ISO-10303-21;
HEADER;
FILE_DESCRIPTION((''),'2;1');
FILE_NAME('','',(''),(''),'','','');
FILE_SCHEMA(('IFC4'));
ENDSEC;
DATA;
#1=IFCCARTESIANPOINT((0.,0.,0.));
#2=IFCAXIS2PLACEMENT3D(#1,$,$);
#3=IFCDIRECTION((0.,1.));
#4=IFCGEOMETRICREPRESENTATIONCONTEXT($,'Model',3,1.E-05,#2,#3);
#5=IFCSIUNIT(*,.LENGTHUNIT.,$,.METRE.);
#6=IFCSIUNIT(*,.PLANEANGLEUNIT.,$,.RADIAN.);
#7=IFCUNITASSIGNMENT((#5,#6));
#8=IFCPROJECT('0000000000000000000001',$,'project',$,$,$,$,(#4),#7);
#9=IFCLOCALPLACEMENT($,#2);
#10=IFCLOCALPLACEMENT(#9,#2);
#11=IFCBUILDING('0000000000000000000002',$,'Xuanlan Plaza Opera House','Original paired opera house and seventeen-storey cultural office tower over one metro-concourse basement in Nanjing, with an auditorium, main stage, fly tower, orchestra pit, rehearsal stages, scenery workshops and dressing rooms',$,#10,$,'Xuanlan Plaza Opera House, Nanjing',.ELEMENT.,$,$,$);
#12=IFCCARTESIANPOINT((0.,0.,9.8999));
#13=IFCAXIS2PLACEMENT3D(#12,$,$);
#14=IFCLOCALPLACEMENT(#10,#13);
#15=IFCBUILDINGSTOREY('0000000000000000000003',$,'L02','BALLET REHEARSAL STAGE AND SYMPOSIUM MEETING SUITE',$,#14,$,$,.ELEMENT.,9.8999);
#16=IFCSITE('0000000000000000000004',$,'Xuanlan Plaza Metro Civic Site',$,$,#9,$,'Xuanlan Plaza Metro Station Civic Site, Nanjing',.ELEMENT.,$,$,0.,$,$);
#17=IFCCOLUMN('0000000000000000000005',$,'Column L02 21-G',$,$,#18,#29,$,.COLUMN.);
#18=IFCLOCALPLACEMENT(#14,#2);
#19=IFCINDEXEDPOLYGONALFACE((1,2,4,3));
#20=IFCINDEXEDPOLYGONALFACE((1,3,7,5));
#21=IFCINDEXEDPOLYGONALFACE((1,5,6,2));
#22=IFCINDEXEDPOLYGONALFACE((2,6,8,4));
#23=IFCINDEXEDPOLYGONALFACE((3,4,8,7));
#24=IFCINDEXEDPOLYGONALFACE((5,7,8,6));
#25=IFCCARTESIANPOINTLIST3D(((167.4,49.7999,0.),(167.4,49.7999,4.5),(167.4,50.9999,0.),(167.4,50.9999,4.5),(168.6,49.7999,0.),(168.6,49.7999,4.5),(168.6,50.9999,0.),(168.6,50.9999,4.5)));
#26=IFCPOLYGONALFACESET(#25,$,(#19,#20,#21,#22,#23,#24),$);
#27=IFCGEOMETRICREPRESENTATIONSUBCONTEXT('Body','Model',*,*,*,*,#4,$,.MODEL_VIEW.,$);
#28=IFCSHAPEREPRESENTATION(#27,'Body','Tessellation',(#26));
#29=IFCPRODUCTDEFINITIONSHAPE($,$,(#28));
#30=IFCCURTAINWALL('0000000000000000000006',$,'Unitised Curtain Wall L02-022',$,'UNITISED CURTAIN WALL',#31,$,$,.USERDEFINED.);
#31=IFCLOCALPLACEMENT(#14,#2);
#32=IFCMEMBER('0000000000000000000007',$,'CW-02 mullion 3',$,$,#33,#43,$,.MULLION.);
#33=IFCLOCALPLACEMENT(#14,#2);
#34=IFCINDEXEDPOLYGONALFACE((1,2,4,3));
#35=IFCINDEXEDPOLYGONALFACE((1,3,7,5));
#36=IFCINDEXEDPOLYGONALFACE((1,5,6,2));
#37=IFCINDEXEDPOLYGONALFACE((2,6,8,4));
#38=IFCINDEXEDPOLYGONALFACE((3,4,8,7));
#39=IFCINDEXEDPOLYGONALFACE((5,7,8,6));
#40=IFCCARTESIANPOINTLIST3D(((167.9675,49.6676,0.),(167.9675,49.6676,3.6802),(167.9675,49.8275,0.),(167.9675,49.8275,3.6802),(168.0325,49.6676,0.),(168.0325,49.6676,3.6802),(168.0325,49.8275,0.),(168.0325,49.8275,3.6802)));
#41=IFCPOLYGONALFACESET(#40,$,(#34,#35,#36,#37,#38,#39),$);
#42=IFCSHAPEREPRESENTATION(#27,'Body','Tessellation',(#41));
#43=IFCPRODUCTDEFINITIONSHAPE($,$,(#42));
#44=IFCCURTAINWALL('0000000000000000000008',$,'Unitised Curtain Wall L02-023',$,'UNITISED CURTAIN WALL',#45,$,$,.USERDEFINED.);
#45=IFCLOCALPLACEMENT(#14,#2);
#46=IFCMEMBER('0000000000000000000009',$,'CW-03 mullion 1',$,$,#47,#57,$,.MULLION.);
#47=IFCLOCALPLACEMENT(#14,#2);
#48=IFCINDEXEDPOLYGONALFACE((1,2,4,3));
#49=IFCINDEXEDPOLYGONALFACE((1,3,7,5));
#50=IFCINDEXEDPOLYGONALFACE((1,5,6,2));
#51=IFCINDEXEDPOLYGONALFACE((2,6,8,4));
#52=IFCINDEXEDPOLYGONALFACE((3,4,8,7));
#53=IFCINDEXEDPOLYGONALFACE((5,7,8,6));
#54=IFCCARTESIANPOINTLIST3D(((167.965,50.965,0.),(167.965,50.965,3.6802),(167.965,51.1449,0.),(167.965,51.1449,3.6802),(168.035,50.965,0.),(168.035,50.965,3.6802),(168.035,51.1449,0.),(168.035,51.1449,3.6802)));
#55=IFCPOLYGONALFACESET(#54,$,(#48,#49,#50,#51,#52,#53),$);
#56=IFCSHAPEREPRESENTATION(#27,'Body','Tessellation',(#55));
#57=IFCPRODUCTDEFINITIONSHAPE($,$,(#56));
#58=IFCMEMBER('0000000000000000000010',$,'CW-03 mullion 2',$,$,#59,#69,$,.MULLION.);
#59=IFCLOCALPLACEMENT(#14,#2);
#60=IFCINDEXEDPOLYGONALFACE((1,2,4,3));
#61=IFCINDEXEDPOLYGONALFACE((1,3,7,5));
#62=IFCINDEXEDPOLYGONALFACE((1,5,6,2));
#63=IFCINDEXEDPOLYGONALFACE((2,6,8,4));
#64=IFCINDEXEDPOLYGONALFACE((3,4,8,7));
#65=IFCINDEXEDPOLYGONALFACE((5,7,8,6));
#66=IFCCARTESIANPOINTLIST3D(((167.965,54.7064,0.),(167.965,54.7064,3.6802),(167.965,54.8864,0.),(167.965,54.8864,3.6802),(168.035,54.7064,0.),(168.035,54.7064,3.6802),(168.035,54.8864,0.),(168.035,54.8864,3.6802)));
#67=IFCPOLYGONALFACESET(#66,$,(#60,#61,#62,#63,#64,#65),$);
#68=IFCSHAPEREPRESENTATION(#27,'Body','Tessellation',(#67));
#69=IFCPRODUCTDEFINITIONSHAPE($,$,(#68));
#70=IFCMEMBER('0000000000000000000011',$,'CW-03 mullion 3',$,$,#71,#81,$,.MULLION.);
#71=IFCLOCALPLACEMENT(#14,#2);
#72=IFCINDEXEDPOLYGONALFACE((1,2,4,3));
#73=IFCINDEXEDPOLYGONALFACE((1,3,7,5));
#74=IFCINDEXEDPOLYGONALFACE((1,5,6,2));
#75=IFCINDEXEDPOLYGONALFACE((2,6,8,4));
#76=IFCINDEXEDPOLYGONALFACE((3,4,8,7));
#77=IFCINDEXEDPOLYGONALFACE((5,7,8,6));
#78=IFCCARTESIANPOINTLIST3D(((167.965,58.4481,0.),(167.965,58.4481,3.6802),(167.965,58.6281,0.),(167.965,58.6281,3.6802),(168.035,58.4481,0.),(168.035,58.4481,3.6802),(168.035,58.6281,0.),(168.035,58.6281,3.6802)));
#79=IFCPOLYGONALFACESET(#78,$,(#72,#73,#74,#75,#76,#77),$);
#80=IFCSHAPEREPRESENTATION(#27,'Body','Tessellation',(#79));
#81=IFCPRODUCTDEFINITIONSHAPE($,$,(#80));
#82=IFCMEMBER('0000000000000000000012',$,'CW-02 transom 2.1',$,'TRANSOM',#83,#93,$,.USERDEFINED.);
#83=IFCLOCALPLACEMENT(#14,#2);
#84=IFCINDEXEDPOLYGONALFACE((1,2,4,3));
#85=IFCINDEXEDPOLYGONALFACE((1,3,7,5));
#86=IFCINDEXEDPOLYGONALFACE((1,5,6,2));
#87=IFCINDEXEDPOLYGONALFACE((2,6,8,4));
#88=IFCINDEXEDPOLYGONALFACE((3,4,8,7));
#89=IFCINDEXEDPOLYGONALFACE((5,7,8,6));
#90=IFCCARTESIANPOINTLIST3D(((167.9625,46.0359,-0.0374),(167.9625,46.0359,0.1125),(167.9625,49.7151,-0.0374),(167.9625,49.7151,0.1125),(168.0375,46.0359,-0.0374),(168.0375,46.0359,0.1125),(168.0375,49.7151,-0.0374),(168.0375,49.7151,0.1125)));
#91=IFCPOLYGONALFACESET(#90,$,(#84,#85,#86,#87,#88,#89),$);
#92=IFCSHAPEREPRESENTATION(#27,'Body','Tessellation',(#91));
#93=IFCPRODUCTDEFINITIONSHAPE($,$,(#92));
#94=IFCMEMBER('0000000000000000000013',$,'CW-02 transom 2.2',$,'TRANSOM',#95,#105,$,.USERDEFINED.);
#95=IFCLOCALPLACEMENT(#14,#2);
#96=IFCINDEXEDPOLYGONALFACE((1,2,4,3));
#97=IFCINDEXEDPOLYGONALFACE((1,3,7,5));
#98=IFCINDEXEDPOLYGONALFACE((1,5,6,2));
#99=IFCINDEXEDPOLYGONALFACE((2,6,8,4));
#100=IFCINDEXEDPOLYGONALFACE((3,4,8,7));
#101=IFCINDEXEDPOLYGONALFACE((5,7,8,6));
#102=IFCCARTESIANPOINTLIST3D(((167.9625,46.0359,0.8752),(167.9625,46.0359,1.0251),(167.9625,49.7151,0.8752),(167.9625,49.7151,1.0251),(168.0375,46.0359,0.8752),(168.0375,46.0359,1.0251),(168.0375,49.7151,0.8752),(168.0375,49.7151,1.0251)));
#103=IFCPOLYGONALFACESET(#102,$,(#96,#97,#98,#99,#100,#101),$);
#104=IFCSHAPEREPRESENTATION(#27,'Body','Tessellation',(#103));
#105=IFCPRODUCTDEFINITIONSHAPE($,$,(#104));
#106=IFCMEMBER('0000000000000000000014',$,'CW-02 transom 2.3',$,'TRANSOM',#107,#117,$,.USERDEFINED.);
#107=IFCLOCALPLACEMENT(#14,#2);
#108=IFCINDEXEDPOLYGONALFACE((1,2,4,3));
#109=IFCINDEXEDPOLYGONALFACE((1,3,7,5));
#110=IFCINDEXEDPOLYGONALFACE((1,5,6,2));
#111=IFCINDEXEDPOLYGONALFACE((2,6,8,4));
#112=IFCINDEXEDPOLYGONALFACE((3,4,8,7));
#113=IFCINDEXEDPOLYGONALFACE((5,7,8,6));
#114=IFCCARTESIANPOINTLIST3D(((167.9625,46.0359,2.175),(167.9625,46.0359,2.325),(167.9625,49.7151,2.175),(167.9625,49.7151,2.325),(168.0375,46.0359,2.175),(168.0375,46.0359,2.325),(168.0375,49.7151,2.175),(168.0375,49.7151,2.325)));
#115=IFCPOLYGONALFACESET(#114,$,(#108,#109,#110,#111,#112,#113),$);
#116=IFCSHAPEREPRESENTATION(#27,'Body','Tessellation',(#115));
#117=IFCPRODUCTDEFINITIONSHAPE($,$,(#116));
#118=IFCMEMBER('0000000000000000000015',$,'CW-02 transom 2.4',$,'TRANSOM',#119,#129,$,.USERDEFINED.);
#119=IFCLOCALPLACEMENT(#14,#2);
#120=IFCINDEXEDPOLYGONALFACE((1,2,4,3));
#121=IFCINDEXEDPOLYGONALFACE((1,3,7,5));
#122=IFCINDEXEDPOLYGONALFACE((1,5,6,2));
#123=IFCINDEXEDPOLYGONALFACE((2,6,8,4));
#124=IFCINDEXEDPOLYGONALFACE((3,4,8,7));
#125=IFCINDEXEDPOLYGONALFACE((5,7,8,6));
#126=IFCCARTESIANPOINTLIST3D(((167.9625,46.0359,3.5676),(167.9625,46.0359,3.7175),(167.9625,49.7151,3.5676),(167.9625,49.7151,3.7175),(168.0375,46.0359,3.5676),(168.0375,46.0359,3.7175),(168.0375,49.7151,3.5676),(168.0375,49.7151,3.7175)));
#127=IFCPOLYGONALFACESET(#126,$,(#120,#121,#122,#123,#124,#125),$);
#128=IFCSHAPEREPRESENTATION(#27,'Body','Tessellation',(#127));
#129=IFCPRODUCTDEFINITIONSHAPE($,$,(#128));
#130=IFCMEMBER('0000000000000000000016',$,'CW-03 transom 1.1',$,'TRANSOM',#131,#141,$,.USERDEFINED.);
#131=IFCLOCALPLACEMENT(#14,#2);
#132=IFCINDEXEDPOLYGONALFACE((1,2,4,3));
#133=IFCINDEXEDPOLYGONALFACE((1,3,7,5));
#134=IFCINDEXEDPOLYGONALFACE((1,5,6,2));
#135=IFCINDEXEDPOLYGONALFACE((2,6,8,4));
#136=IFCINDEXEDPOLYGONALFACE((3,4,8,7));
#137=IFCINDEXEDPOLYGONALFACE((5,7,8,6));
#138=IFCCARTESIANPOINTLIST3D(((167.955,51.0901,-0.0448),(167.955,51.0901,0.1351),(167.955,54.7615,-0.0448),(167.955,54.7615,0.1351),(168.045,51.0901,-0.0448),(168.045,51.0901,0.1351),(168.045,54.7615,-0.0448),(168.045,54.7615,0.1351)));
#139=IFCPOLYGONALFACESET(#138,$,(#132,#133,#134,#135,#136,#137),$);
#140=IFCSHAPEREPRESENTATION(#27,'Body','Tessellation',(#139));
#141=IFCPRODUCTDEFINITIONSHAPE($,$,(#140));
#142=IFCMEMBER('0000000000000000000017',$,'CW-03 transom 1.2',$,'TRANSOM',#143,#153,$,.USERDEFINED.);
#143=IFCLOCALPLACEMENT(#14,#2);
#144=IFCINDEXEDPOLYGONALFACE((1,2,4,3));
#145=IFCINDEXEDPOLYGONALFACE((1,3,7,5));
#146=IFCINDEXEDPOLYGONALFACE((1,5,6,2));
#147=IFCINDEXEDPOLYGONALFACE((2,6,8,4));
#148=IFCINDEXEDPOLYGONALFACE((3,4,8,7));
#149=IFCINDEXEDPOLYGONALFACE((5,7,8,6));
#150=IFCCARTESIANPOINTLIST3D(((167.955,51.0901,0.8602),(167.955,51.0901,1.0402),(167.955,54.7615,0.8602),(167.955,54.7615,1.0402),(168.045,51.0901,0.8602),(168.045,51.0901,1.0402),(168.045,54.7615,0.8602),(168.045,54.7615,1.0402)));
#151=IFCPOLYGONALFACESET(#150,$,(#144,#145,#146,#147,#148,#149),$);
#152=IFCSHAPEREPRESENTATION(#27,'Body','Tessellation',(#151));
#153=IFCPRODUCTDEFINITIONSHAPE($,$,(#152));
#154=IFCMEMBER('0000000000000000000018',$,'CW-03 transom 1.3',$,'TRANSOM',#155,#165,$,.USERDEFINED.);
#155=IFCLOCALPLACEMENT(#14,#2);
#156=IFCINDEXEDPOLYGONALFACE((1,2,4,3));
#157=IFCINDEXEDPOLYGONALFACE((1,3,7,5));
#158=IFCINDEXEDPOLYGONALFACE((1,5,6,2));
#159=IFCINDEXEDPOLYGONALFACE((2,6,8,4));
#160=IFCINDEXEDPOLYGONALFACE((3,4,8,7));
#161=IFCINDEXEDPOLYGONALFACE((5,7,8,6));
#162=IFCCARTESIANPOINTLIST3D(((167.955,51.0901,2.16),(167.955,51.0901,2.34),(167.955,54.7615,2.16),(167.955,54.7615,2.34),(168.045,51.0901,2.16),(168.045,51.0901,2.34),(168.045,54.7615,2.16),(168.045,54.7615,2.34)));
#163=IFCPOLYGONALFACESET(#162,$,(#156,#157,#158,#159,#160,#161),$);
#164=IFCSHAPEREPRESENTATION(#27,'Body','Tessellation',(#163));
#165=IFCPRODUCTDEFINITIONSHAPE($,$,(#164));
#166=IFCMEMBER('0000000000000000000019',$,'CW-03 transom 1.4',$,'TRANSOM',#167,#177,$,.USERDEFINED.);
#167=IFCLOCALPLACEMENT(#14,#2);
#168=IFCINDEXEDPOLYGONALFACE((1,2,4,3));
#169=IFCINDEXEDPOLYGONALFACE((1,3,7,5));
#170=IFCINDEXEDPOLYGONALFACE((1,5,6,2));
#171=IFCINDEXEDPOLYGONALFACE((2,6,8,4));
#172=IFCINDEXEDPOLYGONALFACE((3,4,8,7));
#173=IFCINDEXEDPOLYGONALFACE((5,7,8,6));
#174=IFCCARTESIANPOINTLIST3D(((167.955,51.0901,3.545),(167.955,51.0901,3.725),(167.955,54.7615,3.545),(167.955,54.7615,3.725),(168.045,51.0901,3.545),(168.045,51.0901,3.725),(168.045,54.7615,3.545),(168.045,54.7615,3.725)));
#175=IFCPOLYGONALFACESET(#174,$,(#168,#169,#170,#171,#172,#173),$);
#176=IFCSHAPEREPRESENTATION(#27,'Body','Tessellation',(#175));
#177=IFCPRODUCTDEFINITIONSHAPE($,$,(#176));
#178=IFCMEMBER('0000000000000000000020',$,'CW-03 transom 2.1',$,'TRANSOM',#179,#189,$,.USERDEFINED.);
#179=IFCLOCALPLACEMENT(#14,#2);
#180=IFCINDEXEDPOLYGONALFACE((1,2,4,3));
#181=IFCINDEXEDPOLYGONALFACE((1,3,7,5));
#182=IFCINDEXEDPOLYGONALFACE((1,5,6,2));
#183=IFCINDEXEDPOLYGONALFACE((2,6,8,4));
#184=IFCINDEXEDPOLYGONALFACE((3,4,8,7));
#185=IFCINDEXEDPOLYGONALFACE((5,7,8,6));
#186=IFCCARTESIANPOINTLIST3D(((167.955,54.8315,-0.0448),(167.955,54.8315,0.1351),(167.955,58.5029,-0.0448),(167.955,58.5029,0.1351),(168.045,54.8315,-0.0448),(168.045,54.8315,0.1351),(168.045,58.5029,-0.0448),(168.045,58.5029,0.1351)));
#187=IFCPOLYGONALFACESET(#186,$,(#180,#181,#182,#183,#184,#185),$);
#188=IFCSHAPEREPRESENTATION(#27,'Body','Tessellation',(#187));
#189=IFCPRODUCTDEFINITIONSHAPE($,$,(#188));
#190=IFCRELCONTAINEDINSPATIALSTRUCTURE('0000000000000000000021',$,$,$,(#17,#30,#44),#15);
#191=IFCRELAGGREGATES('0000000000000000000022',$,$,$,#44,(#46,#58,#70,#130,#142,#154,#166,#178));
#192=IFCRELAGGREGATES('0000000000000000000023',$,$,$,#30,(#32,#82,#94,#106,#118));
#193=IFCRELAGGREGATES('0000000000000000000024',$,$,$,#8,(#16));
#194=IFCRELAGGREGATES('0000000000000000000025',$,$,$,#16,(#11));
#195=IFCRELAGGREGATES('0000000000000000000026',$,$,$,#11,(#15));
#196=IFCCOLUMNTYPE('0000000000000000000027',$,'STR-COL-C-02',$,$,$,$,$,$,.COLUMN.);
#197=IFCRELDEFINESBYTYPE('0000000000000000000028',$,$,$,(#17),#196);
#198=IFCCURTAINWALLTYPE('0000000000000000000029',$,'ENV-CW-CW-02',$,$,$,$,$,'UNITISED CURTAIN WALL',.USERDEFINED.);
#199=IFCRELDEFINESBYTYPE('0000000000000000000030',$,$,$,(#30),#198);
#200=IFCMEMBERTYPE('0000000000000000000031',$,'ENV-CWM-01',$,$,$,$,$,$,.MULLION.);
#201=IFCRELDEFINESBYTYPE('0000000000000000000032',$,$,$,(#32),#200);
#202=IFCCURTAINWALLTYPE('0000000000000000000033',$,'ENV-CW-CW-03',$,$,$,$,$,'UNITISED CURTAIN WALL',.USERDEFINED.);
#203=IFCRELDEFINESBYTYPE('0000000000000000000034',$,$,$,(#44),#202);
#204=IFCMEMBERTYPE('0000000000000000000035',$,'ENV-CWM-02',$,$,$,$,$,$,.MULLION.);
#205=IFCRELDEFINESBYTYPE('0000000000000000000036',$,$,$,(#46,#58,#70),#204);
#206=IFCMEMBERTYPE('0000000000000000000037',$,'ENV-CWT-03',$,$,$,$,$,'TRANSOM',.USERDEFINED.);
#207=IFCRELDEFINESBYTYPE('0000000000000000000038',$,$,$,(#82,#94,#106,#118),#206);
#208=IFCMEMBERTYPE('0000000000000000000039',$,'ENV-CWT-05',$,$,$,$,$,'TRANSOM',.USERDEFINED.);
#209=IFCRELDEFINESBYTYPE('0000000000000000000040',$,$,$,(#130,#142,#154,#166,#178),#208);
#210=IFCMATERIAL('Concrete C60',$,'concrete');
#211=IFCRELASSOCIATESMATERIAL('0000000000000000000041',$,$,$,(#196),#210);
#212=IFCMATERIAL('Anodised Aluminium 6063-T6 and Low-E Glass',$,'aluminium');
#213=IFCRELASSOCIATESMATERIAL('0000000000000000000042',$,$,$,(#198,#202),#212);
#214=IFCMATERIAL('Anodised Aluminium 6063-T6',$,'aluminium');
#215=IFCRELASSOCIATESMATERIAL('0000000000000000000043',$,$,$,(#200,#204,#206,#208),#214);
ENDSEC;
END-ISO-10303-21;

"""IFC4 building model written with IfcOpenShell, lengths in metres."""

from ifc_helpers import new_model, si_unit, direction, frame, origin, origin_2d, place, context, subcontext, project, spatial, rectangle, extrude, material, material_profile, profile_set, type_object, element, aggregate, save


model = new_model("IFC4")

# Units and contexts
model_context = context("Model", 3, precision=1e-05, world=origin(), true_north=direction((0.0, 1.0)))
body_context = subcontext(model_context, "Body", "Model", "MODEL_VIEW")
ifc_project = project(units=[si_unit("LENGTHUNIT", "METRE"), si_unit("PLANEANGLEUNIT", "RADIAN")], contexts=[model_context])

# Site, building, storey
site_placement = place(None, origin())
site = spatial("IfcSite", under=ifc_project, at=site_placement, Name="Xuanlan Plaza Metro Civic Site", LongName="Xuanlan Plaza Metro Station Civic Site, Nanjing", CompositionType="ELEMENT", RefElevation=0.0)
building_placement = place(site_placement, origin())
building = spatial("IfcBuilding", under=site, at=building_placement, Name="Xuanlan Plaza Opera House", Description="Original paired opera house and seventeen-storey cultural office tower over one metro-concourse basement in Nanjing, with an auditorium, main stage, fly tower, orchestra pit, rehearsal stages, scenery workshops and dressing rooms", LongName="Xuanlan Plaza Opera House, Nanjing", CompositionType="ELEMENT")
storey_placement = place(building_placement, frame((0.0, 0.0, 9.8999)))
storey = spatial("IfcBuildingStorey", under=building, at=storey_placement, Name="L02", Description="BALLET REHEARSAL STAGE AND SYMPOSIUM MEETING SUITE", CompositionType="ELEMENT", Elevation=9.8999)

# Column
ifc_material_1 = material(Name="Concrete C60", Category="concrete")
ifc_material_profile_1 = material_profile(ifc_material_1, rectangle(XDim=1.2, YDim=1.2, at=origin_2d()), Name="RC-COL 1200x1200")
ifc_profile_set_1 = profile_set([ifc_material_profile_1], Name="Concrete C60")
column_type = type_object("IfcColumnType", Name="STR-COL-C-02", PredefinedType="COLUMN", material=ifc_profile_set_1)
column_placement = place(storey_placement, frame((168.0, 50.3999, 0.0), z_axis=(0.0, 0.0, 1.0), x_axis=(1.0, 0.0, 0.0)))
element("IfcColumn", 1, at=column_placement, inside=storey, type_object=column_type, Name="Column L02 21-G", PredefinedType="COLUMN", context=body_context, shape_type="SweptSolid", body=[
    extrude(rectangle(XDim=1.2, YDim=1.2, at=origin_2d()), origin(), (0.0, 0.0, 1.0), 4.5),
])

# Curtain wall, member
ifc_material_2 = material(Name="Anodised Aluminium 6063-T6 and Low-E Glass", Category="aluminium")
curtain_wall_type_1 = type_object("IfcCurtainWallType", Name="ENV-CW-CW-02", ElementType="UNITISED CURTAIN WALL", PredefinedType="USERDEFINED", material=ifc_material_2)
curtain_wall_1_placement = place(storey_placement, origin())
curtain_wall_1 = element("IfcCurtainWall", 2, at=curtain_wall_1_placement, inside=storey, type_object=curtain_wall_type_1, Name="Unitised Curtain Wall L02-022", ObjectType="UNITISED CURTAIN WALL", PredefinedType="USERDEFINED")
ifc_material_3 = material(Name="Anodised Aluminium 6063-T6", Category="aluminium")
ifc_material_profile_2 = material_profile(ifc_material_3, rectangle(XDim=0.0649, YDim=0.1599, at=origin_2d()), Name="ALU-M 65x160")
ifc_profile_set_2 = profile_set([ifc_material_profile_2], Name="Anodised Aluminium 6063-T6")
member_type_1 = type_object("IfcMemberType", Name="ENV-CWM-01", PredefinedType="MULLION", material=ifc_profile_set_2)
member_1_placement = place(storey_placement, frame((168.0, 49.7476, 0.0), z_axis=(0.0, 0.0, 1.0), x_axis=(-1.0, 0.0, 0.0)))
member_1 = element("IfcMember", 3, at=member_1_placement, type_object=member_type_1, Name="CW-02 mullion 3", PredefinedType="MULLION", context=body_context, shape_type="SweptSolid", body=[
    extrude(rectangle(XDim=0.0649, YDim=0.1599, at=origin_2d()), origin(), (0.0, 0.0, 1.0), 3.6802),
])

# Curtain wall, members
curtain_wall_type_2 = type_object("IfcCurtainWallType", Name="ENV-CW-CW-03", ElementType="UNITISED CURTAIN WALL", PredefinedType="USERDEFINED", material=ifc_material_2)
curtain_wall_2_placement = place(storey_placement, origin())
curtain_wall_2 = element("IfcCurtainWall", 4, at=curtain_wall_2_placement, inside=storey, type_object=curtain_wall_type_2, Name="Unitised Curtain Wall L02-023", ObjectType="UNITISED CURTAIN WALL", PredefinedType="USERDEFINED")
ifc_material_profile_3 = material_profile(ifc_material_3, rectangle(XDim=0.0701, YDim=0.1799, at=origin_2d()), Name="ALU-M 70x180")
ifc_profile_set_3 = profile_set([ifc_material_profile_3], Name="Anodised Aluminium 6063-T6")
member_type_2 = type_object("IfcMemberType", Name="ENV-CWM-02", PredefinedType="MULLION", material=ifc_profile_set_3)
member_2_placement = place(storey_placement, frame((168.0, 51.0549, 0.0), z_axis=(0.0, 0.0, 1.0), x_axis=(-1.0, 0.0, 0.0)))
member_2 = element("IfcMember", 5, at=member_2_placement, type_object=member_type_2, Name="CW-03 mullion 1", PredefinedType="MULLION", context=body_context, shape_type="SweptSolid", body=[
    extrude(rectangle(XDim=0.0701, YDim=0.1799, at=origin_2d()), origin(), (0.0, 0.0, 1.0), 3.6802),
])
member_3_placement = place(storey_placement, frame((168.0, 54.7964, 0.0), z_axis=(0.0, 0.0, 1.0), x_axis=(-1.0, 0.0, 0.0)))
member_3 = element("IfcMember", 6, at=member_3_placement, type_object=member_type_2, Name="CW-03 mullion 2", PredefinedType="MULLION", context=body_context, shape_type="SweptSolid", body=[
    extrude(rectangle(XDim=0.0701, YDim=0.1799, at=origin_2d()), origin(), (0.0, 0.0, 1.0), 3.6802),
])
member_4_placement = place(storey_placement, frame((168.0, 58.5381, 0.0), z_axis=(0.0, 0.0, 1.0), x_axis=(-1.0, 0.0, 0.0)))
member_4 = element("IfcMember", 7, at=member_4_placement, type_object=member_type_2, Name="CW-03 mullion 3", PredefinedType="MULLION", context=body_context, shape_type="SweptSolid", body=[
    extrude(rectangle(XDim=0.0701, YDim=0.1799, at=origin_2d()), origin(), (0.0, 0.0, 1.0), 3.6802),
])

# Members
ifc_material_profile_4 = material_profile(ifc_material_3, rectangle(XDim=0.075, YDim=0.1499, at=origin_2d()), Name="ALU-T 75x150")
ifc_profile_set_4 = profile_set([ifc_material_profile_4], Name="Anodised Aluminium 6063-T6")
member_type_3 = type_object("IfcMemberType", Name="ENV-CWT-03", ElementType="TRANSOM", PredefinedType="USERDEFINED", material=ifc_profile_set_4)
member_5_placement = place(storey_placement, frame((168.0, 46.0359, 0.0376), z_axis=(0.0, 1.0, 0.0), x_axis=(-1.0, 0.0, 0.0)))
member_5 = element("IfcMember", 8, at=member_5_placement, type_object=member_type_3, Name="CW-02 transom 2.1", ObjectType="TRANSOM", PredefinedType="USERDEFINED", context=body_context, shape_type="SweptSolid", body=[
    extrude(rectangle(XDim=0.075, YDim=0.1499, at=origin_2d()), origin(), (0.0, 0.0, 1.0), 3.6792),
])
member_6_placement = place(storey_placement, frame((168.0, 46.0359, 0.9502), z_axis=(0.0, 1.0, 0.0), x_axis=(-1.0, 0.0, 0.0)))
member_6 = element("IfcMember", 9, at=member_6_placement, type_object=member_type_3, Name="CW-02 transom 2.2", ObjectType="TRANSOM", PredefinedType="USERDEFINED", context=body_context, shape_type="SweptSolid", body=[
    extrude(rectangle(XDim=0.075, YDim=0.1499, at=origin_2d()), origin(), (0.0, 0.0, 1.0), 3.6792),
])
member_7_placement = place(storey_placement, frame((168.0, 46.0359, 2.25), z_axis=(0.0, 1.0, 0.0), x_axis=(-1.0, 0.0, 0.0)))
member_7 = element("IfcMember", 10, at=member_7_placement, type_object=member_type_3, Name="CW-02 transom 2.3", ObjectType="TRANSOM", PredefinedType="USERDEFINED", context=body_context, shape_type="SweptSolid", body=[
    extrude(rectangle(XDim=0.075, YDim=0.1499, at=origin_2d()), origin(), (0.0, 0.0, 1.0), 3.6792),
])
member_8_placement = place(storey_placement, frame((168.0, 46.0359, 3.6426), z_axis=(0.0, 1.0, 0.0), x_axis=(-1.0, 0.0, 0.0)))
member_8 = element("IfcMember", 11, at=member_8_placement, type_object=member_type_3, Name="CW-02 transom 2.4", ObjectType="TRANSOM", PredefinedType="USERDEFINED", context=body_context, shape_type="SweptSolid", body=[
    extrude(rectangle(XDim=0.075, YDim=0.1499, at=origin_2d()), origin(), (0.0, 0.0, 1.0), 3.6792),
])
ifc_material_profile_5 = material_profile(ifc_material_3, rectangle(XDim=0.0901, YDim=0.1799, at=origin_2d()), Name="ALU-T 90x180")
ifc_profile_set_5 = profile_set([ifc_material_profile_5], Name="Anodised Aluminium 6063-T6")
member_type_4 = type_object("IfcMemberType", Name="ENV-CWT-05", ElementType="TRANSOM", PredefinedType="USERDEFINED", material=ifc_profile_set_5)
member_9_placement = place(storey_placement, frame((168.0, 51.0901, 0.0452), z_axis=(0.0, 1.0, 0.0), x_axis=(-1.0, 0.0, 0.0)))
member_9 = element("IfcMember", 12, at=member_9_placement, type_object=member_type_4, Name="CW-03 transom 1.1", ObjectType="TRANSOM", PredefinedType="USERDEFINED", context=body_context, shape_type="SweptSolid", body=[
    extrude(rectangle(XDim=0.0901, YDim=0.1799, at=origin_2d()), origin(), (0.0, 0.0, 1.0), 3.6714),
])
member_10_placement = place(storey_placement, frame((168.0, 51.0901, 0.9502), z_axis=(0.0, 1.0, 0.0), x_axis=(-1.0, 0.0, 0.0)))
member_10 = element("IfcMember", 13, at=member_10_placement, type_object=member_type_4, Name="CW-03 transom 1.2", ObjectType="TRANSOM", PredefinedType="USERDEFINED", context=body_context, shape_type="SweptSolid", body=[
    extrude(rectangle(XDim=0.0901, YDim=0.1799, at=origin_2d()), origin(), (0.0, 0.0, 1.0), 3.6714),
])
member_11_placement = place(storey_placement, frame((168.0, 51.0901, 2.25), z_axis=(0.0, 1.0, 0.0), x_axis=(-1.0, 0.0, 0.0)))
member_11 = element("IfcMember", 14, at=member_11_placement, type_object=member_type_4, Name="CW-03 transom 1.3", ObjectType="TRANSOM", PredefinedType="USERDEFINED", context=body_context, shape_type="SweptSolid", body=[
    extrude(rectangle(XDim=0.0901, YDim=0.1799, at=origin_2d()), origin(), (0.0, 0.0, 1.0), 3.6714),
])
member_12_placement = place(storey_placement, frame((168.0, 51.0901, 3.635), z_axis=(0.0, 1.0, 0.0), x_axis=(-1.0, 0.0, 0.0)))
member_12 = element("IfcMember", 15, at=member_12_placement, type_object=member_type_4, Name="CW-03 transom 1.4", ObjectType="TRANSOM", PredefinedType="USERDEFINED", context=body_context, shape_type="SweptSolid", body=[
    extrude(rectangle(XDim=0.0901, YDim=0.1799, at=origin_2d()), origin(), (0.0, 0.0, 1.0), 3.6714),
])
member_13_placement = place(storey_placement, frame((168.0, 54.8315, 0.0452), z_axis=(0.0, 1.0, 0.0), x_axis=(-1.0, 0.0, 0.0)))
member_13 = element("IfcMember", 16, at=member_13_placement, type_object=member_type_4, Name="CW-03 transom 2.1", ObjectType="TRANSOM", PredefinedType="USERDEFINED", context=body_context, shape_type="SweptSolid", body=[
    extrude(rectangle(XDim=0.0901, YDim=0.1799, at=origin_2d()), origin(), (0.0, 0.0, 1.0), 3.6714),
])

aggregate(curtain_wall_2, [member_2, member_3, member_4, member_9, member_10, member_11, member_12, member_13])
aggregate(curtain_wall_1, [member_1, member_5, member_6, member_7, member_8])

save(model, "model.ifc")
